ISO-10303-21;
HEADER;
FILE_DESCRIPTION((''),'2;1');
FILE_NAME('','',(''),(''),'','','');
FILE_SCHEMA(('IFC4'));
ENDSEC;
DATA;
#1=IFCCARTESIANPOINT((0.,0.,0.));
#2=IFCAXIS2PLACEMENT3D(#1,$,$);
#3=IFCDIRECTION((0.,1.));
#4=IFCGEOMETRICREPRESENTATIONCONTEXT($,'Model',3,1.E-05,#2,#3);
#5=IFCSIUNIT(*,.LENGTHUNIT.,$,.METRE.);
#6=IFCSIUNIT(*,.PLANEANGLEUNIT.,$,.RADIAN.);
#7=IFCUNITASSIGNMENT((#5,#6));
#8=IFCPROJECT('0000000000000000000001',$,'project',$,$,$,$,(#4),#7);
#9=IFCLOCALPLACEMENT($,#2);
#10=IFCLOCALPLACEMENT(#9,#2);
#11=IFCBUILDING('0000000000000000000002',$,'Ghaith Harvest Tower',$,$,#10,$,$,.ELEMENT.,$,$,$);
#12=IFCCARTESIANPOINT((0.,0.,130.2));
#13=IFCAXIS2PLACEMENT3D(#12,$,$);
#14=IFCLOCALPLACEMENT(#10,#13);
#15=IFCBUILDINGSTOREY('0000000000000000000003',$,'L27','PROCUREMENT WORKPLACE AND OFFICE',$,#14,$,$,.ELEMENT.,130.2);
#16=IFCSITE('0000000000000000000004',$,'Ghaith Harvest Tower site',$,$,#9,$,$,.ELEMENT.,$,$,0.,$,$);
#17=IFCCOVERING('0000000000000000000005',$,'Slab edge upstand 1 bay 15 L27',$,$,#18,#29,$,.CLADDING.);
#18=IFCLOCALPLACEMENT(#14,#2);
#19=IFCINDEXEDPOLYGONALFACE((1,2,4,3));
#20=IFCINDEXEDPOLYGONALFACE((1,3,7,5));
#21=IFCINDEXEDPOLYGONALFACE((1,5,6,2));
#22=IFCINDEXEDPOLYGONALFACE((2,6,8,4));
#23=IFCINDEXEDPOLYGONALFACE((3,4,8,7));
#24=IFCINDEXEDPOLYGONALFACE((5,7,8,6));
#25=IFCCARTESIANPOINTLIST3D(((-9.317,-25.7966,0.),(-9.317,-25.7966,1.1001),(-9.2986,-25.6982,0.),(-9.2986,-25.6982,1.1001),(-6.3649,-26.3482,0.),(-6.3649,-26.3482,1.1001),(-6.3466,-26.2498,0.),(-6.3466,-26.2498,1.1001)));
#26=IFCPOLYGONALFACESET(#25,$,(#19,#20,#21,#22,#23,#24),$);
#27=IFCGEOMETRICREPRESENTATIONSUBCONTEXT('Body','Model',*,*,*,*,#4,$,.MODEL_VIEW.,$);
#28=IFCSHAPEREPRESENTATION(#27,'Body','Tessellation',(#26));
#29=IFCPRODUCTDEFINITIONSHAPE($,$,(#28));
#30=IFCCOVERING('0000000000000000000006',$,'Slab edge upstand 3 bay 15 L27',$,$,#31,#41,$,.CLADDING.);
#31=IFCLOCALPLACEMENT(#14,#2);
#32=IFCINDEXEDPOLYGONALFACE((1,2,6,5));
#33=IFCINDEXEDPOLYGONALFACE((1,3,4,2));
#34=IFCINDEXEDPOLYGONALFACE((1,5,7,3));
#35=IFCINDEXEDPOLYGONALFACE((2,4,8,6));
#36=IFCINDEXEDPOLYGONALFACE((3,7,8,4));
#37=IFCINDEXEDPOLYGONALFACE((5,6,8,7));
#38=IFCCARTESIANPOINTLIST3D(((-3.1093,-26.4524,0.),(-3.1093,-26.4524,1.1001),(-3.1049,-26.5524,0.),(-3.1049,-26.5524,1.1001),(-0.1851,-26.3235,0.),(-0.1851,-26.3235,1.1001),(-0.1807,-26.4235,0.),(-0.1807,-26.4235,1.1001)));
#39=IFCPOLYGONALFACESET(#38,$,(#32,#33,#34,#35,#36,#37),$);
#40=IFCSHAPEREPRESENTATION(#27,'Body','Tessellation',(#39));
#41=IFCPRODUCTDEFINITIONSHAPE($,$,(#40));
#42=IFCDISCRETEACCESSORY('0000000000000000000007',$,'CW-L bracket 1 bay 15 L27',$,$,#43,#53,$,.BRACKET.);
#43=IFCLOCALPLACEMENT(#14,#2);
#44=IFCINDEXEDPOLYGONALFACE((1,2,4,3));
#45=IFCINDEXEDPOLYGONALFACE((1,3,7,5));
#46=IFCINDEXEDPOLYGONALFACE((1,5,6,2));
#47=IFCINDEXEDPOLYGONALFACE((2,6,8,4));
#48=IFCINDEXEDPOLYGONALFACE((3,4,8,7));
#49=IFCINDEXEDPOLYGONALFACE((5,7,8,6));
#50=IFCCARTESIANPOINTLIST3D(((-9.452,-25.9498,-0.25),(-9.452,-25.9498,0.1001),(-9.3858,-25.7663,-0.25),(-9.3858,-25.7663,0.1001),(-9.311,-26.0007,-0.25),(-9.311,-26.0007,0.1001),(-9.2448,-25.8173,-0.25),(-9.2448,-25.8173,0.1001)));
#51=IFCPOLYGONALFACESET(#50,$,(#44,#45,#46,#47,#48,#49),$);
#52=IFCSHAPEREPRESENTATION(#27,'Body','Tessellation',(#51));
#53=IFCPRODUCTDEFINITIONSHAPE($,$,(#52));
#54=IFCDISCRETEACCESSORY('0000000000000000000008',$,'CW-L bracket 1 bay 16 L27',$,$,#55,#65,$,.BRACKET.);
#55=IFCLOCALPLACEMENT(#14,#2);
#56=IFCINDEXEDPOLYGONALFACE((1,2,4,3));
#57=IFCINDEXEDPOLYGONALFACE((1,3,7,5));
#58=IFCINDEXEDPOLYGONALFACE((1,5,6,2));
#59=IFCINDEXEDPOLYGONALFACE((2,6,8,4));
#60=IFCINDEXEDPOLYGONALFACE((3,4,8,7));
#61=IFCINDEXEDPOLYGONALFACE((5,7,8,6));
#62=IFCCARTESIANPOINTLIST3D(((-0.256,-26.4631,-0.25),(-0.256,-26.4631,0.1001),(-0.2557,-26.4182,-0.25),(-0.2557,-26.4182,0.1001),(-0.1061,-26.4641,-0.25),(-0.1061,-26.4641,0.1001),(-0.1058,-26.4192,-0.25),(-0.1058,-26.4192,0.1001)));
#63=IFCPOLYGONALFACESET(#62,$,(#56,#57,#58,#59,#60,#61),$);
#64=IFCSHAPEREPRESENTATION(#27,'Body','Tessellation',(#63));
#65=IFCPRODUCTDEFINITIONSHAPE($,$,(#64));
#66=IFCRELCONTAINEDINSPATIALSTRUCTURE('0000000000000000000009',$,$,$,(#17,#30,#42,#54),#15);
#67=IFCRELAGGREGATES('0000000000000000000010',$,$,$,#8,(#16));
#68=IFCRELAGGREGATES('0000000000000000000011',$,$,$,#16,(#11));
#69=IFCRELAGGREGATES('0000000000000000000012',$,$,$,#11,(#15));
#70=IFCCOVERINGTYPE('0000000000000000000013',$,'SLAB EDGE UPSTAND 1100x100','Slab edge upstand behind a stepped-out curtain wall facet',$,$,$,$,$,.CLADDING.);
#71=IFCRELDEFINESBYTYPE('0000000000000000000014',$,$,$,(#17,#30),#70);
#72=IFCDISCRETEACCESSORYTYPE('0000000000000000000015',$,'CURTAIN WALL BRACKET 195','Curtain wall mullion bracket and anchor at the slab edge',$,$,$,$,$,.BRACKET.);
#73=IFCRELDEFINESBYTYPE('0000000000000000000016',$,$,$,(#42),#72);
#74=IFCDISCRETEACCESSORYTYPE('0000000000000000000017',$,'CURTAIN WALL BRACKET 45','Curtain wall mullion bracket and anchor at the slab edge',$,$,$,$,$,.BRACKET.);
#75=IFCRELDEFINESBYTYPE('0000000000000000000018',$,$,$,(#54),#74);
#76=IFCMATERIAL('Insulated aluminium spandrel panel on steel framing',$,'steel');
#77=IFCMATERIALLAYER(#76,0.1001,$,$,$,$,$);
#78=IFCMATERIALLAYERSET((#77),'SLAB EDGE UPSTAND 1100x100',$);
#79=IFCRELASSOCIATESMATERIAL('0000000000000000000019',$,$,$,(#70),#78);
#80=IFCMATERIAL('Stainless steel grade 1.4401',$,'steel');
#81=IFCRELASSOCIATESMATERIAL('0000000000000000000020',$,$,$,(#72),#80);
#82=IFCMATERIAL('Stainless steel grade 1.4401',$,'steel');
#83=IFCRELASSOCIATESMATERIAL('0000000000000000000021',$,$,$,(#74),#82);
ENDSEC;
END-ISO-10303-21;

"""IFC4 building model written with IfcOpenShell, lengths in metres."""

from ifc_helpers import new_model, si_unit, direction, frame, origin, origin_2d, place, context, subcontext, project, spatial, rectangle, extrude, material, layer, layer_set, type_object, element, save


model = new_model("IFC4")

# Units and contexts
model_context = context("Model", 3, precision=1e-05, world=origin(), true_north=direction((0.0, 1.0)))
body_context = subcontext(model_context, "Body", "Model", "MODEL_VIEW")
ifc_project = project(units=[si_unit("LENGTHUNIT", "METRE"), si_unit("PLANEANGLEUNIT", "RADIAN")], contexts=[model_context])

# Site, building, storey
site_placement = place(None, origin())
site = spatial("IfcSite", under=ifc_project, at=site_placement, Name="Ghaith Harvest Tower site", CompositionType="ELEMENT", RefElevation=0.0)
building_placement = place(site_placement, origin())
building = spatial("IfcBuilding", under=site, at=building_placement, Name="Ghaith Harvest Tower", CompositionType="ELEMENT")
storey_placement = place(building_placement, frame((0.0, 0.0, 130.2)))
storey = spatial("IfcBuildingStorey", under=building, at=storey_placement, Name="L27", Description="PROCUREMENT WORKPLACE AND OFFICE", CompositionType="ELEMENT", Elevation=130.2)

# Coverings
ifc_material_1 = material(Name="Insulated aluminium spandrel panel on steel framing", Category="steel")
ifc_layer_1 = layer(ifc_material_1, 0.1001)
ifc_layer_set_1 = layer_set([ifc_layer_1], Name="SLAB EDGE UPSTAND 1100x100")
covering_type = type_object("IfcCoveringType", Name="SLAB EDGE UPSTAND 1100x100", Description="Slab edge upstand behind a stepped-out curtain wall facet", PredefinedType="CLADDING", material=ifc_layer_set_1)
covering_1_placement = place(storey_placement, frame((-7.8318, -26.0232, 0.0), z_axis=(0.0, 0.0, 1.0), x_axis=(0.98299, -0.183659, 0.0)))
element("IfcCovering", 1, at=covering_1_placement, inside=storey, type_object=covering_type, Name="Slab edge upstand 1 bay 15 L27", PredefinedType="CLADDING", context=body_context, shape_type="SweptSolid", body=[
    extrude(rectangle(XDim=3.0032, YDim=0.1001, at=origin_2d()), origin(), (0.0, 0.0, 1.0), 1.1001),
])
covering_2_placement = place(storey_placement, frame((-1.645, -26.438, 0.0), z_axis=(0.0, 0.0, 1.0), x_axis=(0.99903, 0.044045, 0.0)))
element("IfcCovering", 2, at=covering_2_placement, inside=storey, type_object=covering_type, Name="Slab edge upstand 3 bay 15 L27", PredefinedType="CLADDING", context=body_context, shape_type="SweptSolid", body=[
    extrude(rectangle(XDim=2.927, YDim=0.1001, at=origin_2d()), origin(), (0.0, 0.0, 1.0), 1.1001),
])

# Discrete accessories
ifc_material_2 = material(Name="Stainless steel grade 1.4401", Category="steel")
discrete_accessory_type_1 = type_object("IfcDiscreteAccessoryType", Name="CURTAIN WALL BRACKET 195", Description="Curtain wall mullion bracket and anchor at the slab edge", PredefinedType="BRACKET", material=ifc_material_2)
discrete_accessory_1_placement = place(storey_placement, frame((-9.3484, -25.8835, -0.25), z_axis=(0.0, 0.0, 1.0), x_axis=(-0.339699, -0.940534, 0.0)))
element("IfcDiscreteAccessory", 3, at=discrete_accessory_1_placement, inside=storey, type_object=discrete_accessory_type_1, Name="CW-L bracket 1 bay 15 L27", PredefinedType="BRACKET", context=body_context, shape_type="SweptSolid", body=[
    extrude(rectangle(XDim=0.1951, YDim=0.1499, at=origin_2d()), origin(), (0.0, 0.0, 1.0), 0.3501),
])
ifc_material_3 = material(Name="Stainless steel grade 1.4401", Category="steel")
discrete_accessory_type_2 = type_object("IfcDiscreteAccessoryType", Name="CURTAIN WALL BRACKET 45", Description="Curtain wall mullion bracket and anchor at the slab edge", PredefinedType="BRACKET", material=ifc_material_3)
discrete_accessory_2_placement = place(storey_placement, frame((-0.1809, -26.4412, -0.25), z_axis=(0.0, 0.0, 1.0), x_axis=(-0.006844, -0.999977, 0.0)))
element("IfcDiscreteAccessory", 4, at=discrete_accessory_2_placement, inside=storey, type_object=discrete_accessory_type_2, Name="CW-L bracket 1 bay 16 L27", PredefinedType="BRACKET", context=body_context, shape_type="SweptSolid", body=[
    extrude(rectangle(XDim=0.0449, YDim=0.1499, at=origin_2d()), origin(), (0.0, 0.0, 1.0), 0.3501),
])

save(model, "model.ifc")
